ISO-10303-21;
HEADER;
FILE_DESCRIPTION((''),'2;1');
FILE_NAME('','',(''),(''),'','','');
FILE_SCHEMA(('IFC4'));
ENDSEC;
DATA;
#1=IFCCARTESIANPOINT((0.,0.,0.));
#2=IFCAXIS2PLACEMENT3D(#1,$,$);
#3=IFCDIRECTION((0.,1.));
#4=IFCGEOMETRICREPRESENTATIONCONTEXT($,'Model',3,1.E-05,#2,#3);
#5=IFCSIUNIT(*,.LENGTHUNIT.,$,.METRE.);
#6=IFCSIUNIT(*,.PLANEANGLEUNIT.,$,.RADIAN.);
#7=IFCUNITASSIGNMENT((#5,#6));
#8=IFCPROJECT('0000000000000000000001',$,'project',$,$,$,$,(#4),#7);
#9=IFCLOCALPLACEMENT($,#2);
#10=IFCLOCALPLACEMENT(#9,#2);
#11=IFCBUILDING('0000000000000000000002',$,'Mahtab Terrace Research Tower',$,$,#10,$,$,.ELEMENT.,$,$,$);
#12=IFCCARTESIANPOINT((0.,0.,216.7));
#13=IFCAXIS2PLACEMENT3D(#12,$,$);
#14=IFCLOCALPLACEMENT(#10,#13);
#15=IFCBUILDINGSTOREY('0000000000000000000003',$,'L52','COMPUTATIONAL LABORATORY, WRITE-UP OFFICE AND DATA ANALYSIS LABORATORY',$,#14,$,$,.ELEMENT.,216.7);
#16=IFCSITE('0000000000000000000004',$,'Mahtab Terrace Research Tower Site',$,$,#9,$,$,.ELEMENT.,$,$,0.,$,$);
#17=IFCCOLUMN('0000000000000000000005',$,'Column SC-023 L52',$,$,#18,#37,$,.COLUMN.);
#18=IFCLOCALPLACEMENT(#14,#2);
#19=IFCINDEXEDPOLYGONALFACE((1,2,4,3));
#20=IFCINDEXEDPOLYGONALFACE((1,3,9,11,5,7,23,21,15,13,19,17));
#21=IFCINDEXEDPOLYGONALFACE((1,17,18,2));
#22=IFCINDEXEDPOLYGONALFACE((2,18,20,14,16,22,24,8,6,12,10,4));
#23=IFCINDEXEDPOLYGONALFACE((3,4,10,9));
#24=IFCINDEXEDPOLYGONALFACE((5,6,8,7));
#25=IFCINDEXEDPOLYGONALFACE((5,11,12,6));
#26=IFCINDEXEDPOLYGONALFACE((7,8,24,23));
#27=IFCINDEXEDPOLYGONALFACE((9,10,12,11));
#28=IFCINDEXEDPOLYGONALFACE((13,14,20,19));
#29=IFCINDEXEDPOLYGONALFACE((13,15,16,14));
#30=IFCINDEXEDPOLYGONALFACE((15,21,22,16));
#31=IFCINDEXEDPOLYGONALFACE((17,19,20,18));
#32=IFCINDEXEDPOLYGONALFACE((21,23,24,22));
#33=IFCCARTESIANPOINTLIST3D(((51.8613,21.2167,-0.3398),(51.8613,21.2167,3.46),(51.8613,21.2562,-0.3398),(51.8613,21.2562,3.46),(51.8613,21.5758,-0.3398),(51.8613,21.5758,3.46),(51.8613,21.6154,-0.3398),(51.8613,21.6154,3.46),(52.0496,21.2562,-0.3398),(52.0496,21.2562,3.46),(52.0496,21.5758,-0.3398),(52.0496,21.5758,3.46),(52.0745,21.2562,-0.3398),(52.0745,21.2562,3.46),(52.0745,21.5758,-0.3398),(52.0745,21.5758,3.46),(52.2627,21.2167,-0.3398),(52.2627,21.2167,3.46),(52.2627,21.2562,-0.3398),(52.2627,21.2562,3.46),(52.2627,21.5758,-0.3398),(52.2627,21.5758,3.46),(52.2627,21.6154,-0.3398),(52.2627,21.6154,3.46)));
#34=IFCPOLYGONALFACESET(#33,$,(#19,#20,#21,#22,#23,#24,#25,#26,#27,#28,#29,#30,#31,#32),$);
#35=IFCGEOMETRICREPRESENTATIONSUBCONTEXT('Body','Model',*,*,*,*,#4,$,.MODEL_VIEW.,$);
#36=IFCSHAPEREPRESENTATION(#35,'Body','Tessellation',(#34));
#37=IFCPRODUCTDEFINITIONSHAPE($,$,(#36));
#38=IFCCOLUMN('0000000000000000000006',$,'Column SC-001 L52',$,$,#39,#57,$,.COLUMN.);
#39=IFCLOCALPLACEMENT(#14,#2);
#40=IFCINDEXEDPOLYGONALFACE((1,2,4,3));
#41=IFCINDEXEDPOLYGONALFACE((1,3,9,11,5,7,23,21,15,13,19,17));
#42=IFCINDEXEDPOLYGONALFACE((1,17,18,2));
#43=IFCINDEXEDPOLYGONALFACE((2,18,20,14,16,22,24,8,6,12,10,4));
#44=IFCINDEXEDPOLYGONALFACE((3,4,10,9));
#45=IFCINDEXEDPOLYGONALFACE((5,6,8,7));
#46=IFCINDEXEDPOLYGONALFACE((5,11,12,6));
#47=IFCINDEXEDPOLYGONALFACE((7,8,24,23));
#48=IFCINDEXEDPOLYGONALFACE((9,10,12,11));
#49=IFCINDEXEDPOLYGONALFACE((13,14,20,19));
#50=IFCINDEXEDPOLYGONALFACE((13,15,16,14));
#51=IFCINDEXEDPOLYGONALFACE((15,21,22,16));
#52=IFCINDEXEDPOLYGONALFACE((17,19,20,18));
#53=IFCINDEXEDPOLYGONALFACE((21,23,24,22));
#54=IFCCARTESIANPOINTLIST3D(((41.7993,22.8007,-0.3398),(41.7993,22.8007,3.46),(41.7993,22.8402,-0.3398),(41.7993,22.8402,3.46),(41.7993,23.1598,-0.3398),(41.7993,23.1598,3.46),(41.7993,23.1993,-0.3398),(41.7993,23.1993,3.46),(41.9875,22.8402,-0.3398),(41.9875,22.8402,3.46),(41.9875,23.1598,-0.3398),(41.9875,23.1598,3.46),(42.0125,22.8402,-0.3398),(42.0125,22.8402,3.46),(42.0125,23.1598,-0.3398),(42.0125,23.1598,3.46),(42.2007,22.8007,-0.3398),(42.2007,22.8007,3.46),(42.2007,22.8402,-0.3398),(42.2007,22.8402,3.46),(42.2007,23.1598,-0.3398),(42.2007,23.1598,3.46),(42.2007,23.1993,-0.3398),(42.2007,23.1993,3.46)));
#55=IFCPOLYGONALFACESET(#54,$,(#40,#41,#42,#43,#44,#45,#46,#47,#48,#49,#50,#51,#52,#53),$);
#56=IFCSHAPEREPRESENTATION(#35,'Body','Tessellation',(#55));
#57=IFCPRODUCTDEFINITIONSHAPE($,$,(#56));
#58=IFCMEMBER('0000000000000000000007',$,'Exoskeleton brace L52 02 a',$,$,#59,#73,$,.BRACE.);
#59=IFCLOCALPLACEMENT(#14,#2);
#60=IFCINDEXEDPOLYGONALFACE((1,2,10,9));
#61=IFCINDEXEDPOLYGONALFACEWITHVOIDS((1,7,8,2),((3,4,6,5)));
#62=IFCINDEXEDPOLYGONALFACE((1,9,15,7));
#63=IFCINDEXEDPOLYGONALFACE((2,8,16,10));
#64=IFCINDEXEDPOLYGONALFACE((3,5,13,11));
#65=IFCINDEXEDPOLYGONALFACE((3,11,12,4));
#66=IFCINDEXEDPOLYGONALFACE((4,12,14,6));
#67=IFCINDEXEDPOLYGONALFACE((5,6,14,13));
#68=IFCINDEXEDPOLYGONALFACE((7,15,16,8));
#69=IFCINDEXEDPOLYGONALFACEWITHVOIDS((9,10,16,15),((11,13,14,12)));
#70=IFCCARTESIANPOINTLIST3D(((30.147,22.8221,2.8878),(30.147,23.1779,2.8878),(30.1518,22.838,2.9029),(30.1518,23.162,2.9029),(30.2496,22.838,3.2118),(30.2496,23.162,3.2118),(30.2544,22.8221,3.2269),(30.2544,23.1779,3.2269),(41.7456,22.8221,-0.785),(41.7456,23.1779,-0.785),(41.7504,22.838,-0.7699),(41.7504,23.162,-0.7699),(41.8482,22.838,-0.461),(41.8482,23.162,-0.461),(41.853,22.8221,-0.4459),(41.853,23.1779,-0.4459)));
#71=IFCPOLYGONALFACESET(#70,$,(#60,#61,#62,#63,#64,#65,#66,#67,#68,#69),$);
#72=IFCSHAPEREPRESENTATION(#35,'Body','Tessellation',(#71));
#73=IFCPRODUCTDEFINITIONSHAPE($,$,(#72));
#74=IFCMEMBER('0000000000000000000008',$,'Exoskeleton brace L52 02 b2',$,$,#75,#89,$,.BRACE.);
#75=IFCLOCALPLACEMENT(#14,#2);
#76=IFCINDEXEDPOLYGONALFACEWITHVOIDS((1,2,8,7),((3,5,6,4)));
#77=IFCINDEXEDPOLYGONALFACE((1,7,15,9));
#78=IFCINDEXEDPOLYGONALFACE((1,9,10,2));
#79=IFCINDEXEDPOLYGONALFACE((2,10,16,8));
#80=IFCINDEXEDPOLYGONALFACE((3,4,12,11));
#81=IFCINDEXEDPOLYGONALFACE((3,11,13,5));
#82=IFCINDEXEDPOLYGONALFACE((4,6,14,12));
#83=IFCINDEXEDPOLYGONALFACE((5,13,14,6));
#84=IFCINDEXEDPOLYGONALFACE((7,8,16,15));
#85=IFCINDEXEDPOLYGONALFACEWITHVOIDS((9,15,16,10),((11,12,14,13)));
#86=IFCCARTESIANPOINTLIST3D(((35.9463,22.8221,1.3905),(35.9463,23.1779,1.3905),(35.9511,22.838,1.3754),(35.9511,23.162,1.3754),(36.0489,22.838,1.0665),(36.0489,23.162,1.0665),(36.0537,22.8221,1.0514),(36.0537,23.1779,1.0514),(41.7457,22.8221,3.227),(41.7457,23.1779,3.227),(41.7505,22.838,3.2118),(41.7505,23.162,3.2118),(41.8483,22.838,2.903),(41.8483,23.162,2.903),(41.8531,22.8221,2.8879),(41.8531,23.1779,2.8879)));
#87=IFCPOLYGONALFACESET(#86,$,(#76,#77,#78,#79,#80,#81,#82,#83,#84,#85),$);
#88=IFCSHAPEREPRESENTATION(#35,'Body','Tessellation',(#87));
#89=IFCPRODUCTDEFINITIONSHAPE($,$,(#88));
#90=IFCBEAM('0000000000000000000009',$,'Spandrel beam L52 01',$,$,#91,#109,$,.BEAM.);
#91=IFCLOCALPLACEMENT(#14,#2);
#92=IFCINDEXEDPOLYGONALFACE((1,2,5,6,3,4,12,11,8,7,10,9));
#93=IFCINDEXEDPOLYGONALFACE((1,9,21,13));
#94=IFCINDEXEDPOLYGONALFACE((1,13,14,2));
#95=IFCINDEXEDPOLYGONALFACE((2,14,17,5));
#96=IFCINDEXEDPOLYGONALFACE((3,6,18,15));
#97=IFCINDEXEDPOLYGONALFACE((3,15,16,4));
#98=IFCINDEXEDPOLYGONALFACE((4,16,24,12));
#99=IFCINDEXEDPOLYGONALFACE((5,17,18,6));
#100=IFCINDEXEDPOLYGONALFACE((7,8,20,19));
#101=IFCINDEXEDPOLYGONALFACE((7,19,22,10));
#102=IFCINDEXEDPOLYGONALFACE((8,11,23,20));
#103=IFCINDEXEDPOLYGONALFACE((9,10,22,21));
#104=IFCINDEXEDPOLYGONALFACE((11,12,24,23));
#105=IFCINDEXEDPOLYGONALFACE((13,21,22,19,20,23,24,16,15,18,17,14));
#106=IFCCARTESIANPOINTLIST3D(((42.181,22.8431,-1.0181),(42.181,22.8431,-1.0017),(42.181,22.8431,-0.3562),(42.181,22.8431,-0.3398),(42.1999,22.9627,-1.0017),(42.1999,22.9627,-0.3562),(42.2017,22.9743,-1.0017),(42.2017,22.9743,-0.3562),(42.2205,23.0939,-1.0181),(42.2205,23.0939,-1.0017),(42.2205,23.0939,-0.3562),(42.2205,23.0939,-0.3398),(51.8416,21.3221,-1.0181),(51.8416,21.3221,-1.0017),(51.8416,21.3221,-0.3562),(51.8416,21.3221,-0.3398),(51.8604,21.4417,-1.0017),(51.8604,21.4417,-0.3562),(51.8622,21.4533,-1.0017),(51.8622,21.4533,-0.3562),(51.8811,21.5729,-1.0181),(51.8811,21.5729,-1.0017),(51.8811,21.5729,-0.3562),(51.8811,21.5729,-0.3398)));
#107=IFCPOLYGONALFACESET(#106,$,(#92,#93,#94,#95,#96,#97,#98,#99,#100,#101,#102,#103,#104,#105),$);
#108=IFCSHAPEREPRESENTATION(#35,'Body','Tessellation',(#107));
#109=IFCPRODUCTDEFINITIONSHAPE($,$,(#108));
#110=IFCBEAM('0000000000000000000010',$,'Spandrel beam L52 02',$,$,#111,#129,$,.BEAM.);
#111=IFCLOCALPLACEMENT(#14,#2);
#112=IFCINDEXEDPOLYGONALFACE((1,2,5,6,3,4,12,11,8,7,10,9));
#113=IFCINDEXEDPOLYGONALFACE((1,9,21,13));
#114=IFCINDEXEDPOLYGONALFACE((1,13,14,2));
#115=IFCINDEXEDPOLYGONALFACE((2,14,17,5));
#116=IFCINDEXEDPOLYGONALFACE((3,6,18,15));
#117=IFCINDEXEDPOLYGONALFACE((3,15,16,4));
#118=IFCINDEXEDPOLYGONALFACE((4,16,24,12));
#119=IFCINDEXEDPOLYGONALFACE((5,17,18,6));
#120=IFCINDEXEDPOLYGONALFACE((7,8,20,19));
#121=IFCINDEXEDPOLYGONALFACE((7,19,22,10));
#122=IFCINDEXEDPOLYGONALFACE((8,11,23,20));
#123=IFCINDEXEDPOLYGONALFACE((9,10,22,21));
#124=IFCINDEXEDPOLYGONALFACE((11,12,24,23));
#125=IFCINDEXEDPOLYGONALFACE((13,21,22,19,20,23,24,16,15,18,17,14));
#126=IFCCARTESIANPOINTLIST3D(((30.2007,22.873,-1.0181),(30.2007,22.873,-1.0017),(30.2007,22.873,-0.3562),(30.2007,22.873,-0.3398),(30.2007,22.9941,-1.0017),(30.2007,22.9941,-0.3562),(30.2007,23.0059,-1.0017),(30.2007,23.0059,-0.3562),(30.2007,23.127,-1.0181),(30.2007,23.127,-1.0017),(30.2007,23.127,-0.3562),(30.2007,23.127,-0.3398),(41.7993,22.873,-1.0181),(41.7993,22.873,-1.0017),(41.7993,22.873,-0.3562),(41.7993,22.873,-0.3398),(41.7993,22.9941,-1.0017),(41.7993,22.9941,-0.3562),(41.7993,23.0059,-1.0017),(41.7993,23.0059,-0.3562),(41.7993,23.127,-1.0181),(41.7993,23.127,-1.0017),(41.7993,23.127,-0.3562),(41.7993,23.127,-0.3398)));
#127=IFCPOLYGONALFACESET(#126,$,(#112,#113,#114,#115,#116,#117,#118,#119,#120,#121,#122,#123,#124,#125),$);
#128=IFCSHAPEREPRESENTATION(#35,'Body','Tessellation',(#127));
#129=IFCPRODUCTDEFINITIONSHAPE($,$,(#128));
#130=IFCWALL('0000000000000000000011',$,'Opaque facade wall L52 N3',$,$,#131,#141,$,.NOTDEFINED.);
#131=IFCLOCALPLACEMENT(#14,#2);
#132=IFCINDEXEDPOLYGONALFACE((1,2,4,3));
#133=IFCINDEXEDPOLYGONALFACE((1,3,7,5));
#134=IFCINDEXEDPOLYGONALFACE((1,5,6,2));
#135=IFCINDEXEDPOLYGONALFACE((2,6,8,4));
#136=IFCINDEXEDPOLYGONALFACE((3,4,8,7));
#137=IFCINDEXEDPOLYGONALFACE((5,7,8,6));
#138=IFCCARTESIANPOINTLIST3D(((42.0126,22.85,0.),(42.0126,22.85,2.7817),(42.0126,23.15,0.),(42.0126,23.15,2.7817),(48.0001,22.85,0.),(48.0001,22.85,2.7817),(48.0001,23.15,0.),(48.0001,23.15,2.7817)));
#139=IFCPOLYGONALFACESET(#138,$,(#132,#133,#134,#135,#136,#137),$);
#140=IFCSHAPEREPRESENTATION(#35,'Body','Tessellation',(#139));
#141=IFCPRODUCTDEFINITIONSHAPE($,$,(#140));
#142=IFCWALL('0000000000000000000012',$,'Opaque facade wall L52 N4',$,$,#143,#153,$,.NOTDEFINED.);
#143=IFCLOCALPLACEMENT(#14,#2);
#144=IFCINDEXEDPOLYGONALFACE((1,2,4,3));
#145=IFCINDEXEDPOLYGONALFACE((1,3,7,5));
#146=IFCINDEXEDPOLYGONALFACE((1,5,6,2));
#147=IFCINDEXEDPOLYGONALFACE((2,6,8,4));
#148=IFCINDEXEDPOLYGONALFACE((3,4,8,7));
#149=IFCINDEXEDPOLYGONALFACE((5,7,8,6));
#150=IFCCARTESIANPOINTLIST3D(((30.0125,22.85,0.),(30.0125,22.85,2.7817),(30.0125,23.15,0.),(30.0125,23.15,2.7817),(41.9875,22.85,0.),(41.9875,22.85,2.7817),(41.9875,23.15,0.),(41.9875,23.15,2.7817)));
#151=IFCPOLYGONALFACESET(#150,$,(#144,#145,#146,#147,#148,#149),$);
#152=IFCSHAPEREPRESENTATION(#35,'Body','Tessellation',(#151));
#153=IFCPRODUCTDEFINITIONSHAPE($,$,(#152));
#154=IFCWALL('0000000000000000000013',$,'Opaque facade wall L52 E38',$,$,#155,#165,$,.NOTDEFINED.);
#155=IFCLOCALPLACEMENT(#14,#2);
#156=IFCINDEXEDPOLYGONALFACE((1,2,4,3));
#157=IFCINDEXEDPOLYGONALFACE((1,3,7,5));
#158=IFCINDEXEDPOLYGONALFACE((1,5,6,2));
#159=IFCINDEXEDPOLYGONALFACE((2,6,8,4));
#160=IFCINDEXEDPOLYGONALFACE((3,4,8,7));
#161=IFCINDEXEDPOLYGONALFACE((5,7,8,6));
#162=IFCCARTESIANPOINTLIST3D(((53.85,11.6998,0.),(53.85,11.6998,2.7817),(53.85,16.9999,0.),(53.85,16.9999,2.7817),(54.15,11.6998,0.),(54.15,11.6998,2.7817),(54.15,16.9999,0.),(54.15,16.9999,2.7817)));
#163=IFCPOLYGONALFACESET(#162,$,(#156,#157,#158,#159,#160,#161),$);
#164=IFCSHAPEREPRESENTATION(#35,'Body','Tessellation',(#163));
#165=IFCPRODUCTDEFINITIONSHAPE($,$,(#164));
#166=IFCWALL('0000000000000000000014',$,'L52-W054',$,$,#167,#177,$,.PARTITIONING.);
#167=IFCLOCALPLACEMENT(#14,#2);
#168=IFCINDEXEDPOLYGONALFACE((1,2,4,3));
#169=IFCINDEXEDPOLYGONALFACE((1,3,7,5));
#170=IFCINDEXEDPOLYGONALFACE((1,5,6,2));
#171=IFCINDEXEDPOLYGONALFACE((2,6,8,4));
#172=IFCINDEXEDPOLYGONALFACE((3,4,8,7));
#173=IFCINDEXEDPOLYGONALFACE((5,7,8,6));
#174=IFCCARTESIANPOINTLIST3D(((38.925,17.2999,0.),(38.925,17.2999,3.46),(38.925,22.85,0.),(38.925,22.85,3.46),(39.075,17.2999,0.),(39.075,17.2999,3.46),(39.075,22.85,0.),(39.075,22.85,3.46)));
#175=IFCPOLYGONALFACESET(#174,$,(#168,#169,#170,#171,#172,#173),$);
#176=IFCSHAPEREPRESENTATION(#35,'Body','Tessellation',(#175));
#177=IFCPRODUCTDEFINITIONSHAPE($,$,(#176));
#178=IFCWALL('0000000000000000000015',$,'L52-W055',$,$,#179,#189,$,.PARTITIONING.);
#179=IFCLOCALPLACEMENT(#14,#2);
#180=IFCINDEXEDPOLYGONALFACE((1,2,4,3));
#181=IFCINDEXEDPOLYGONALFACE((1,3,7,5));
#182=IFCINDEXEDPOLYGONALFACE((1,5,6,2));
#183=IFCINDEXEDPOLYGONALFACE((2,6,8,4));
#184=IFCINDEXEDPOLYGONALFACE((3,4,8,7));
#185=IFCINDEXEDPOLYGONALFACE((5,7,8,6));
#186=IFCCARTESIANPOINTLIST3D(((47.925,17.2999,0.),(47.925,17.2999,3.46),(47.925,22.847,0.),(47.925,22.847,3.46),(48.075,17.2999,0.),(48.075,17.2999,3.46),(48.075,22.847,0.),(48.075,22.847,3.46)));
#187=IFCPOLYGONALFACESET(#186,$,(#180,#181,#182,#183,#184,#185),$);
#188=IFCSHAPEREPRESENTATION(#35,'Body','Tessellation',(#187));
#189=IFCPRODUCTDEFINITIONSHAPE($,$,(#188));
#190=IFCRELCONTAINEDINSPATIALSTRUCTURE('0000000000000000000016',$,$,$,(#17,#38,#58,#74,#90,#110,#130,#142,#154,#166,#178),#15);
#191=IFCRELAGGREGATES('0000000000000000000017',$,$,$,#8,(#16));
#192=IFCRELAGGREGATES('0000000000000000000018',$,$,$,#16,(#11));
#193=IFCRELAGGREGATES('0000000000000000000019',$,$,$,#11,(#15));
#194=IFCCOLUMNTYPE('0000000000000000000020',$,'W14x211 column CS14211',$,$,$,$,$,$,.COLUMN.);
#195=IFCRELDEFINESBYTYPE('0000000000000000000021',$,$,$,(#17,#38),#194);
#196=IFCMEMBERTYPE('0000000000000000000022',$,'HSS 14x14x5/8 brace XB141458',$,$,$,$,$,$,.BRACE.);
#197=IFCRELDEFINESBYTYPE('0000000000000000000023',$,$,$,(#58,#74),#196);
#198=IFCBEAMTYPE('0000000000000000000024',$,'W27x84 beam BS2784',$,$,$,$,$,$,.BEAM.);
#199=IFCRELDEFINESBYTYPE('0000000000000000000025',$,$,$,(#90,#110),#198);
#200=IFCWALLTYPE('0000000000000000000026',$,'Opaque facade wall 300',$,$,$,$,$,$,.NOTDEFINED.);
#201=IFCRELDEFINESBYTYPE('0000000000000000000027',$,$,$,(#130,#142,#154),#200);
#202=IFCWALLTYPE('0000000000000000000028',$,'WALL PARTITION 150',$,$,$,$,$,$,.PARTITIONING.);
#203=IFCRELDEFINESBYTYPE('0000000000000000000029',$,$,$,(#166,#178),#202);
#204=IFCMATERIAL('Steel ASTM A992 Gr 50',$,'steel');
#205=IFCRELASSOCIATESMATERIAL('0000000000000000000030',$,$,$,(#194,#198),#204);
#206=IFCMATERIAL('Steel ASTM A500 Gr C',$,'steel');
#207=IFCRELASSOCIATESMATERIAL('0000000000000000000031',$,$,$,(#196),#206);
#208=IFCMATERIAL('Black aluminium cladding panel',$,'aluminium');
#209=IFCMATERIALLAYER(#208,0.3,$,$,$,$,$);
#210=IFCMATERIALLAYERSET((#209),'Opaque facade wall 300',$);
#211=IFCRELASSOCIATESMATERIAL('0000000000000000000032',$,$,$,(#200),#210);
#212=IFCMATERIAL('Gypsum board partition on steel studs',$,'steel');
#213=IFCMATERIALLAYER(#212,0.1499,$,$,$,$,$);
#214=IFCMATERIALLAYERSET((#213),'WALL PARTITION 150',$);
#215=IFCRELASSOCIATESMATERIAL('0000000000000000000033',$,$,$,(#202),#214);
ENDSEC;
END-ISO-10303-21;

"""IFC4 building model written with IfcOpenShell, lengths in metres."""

from ifc_helpers import new_model, si_unit, direction, frame, frame_2d, origin, origin_2d, place, context, subcontext, project, spatial, rectangle, hollow_rectangle, i_section, extrude, material, layer, layer_set, material_profile, profile_set, type_object, element, save


model = new_model("IFC4")

# Units and contexts
model_context = context("Model", 3, precision=1e-05, world=origin(), true_north=direction((0.0, 1.0)))
body_context = subcontext(model_context, "Body", "Model", "MODEL_VIEW")
ifc_project = project(units=[si_unit("LENGTHUNIT", "METRE"), si_unit("PLANEANGLEUNIT", "RADIAN")], contexts=[model_context])

# Site, building, storey
site_placement = place(None, origin())
site = spatial("IfcSite", under=ifc_project, at=site_placement, Name="Mahtab Terrace Research Tower Site", CompositionType="ELEMENT", RefElevation=0.0)
building_placement = place(site_placement, origin())
building = spatial("IfcBuilding", under=site, at=building_placement, Name="Mahtab Terrace Research Tower", CompositionType="ELEMENT")
storey_placement = place(building_placement, frame((0.0, 0.0, 216.7)))
storey = spatial("IfcBuildingStorey", under=building, at=storey_placement, Name="L52", Description="COMPUTATIONAL LABORATORY, WRITE-UP OFFICE AND DATA ANALYSIS LABORATORY", CompositionType="ELEMENT", Elevation=216.7)

# Columns
ifc_material_1 = material(Name="Steel ASTM A992 Gr 50", Category="steel")
ifc_material_profile_1 = material_profile(ifc_material_1, i_section(OverallWidth=0.4014, OverallDepth=0.3987, WebThickness=0.0249, FlangeThickness=0.0396, at=origin_2d()), Name="W14X211")
ifc_profile_set_1 = profile_set([ifc_material_profile_1], Name="Steel ASTM A992 Gr 50")
column_type = type_object("IfcColumnType", Name="W14x211 column CS14211", PredefinedType="COLUMN", material=ifc_profile_set_1)
for number, where, z_axis, x_axis, name in (
    (1, (52.062, 21.416, -0.3398), (0.0, 0.0, 1.0), (1.0, 0.0, 0.0), "Column SC-023 L52"),
    (2, (42.0, 23.0, -0.3398), (0.0, 0.0, 1.0), (1.0, 0.0, 0.0), "Column SC-001 L52"),
):
    element("IfcColumn", number, at=place(storey_placement, frame(where, z_axis=z_axis, x_axis=x_axis)), inside=storey, type_object=column_type, Name=name, PredefinedType="COLUMN", context=body_context, shape_type="SweptSolid", body=[
        extrude(i_section(OverallWidth=0.4014, OverallDepth=0.3987, WebThickness=0.0249, FlangeThickness=0.0396, at=origin_2d()), origin(), (0.0, 0.0, 1.0), 3.7998),
    ])

# Members
ifc_material_2 = material(Name="Steel ASTM A500 Gr C", Category="steel")
ifc_material_profile_2 = material_profile(ifc_material_2, hollow_rectangle(XDim=0.3557, YDim=0.3557, WallThickness=0.0159, at=origin_2d()), Name="HSS14X14X5/8")
ifc_profile_set_2 = profile_set([ifc_material_profile_2], Name="Steel ASTM A500 Gr C")
member_type = type_object("IfcMemberType", Name="HSS 14x14x5/8 brace XB141458", PredefinedType="BRACE", material=ifc_profile_set_2)
member_1_placement = place(storey_placement, frame((41.7993, 23.0, -0.6155), z_axis=(-0.953343, 0.0, 0.301888), x_axis=(0.0, -1.0, 0.0)))
element("IfcMember", 3, at=member_1_placement, inside=storey, type_object=member_type, Name="Exoskeleton brace L52 02 a", PredefinedType="BRACE", context=body_context, shape_type="SweptSolid", body=[
    extrude(hollow_rectangle(XDim=0.3557, YDim=0.3557, WallThickness=0.0159, at=origin_2d()), origin(), (0.0, 0.0, 1.0), 12.1663),
])
member_2_placement = place(storey_placement, frame((36.0, 23.0, 1.2209), z_axis=(0.953343, 0.0, 0.301888), x_axis=(0.0, 1.0, 0.0)))
element("IfcMember", 4, at=member_2_placement, inside=storey, type_object=member_type, Name="Exoskeleton brace L52 02 b2", PredefinedType="BRACE", context=body_context, shape_type="SweptSolid", body=[
    extrude(hollow_rectangle(XDim=0.3557, YDim=0.3557, WallThickness=0.0159, at=origin_2d()), origin(), (0.0, 0.0, 1.0), 6.0833),
])

# Beams
ifc_material_profile_3 = material_profile(ifc_material_1, i_section(OverallWidth=0.2539, OverallDepth=0.6782, WebThickness=0.0117, FlangeThickness=0.0164, at=origin_2d()), Name="W27X84")
ifc_profile_set_3 = profile_set([ifc_material_profile_3], Name="Steel ASTM A992 Gr 50")
beam_type = type_object("IfcBeamType", Name="W27x84 beam BS2784", PredefinedType="BEAM", material=ifc_profile_set_3)
beam_1_placement = place(storey_placement, frame((51.8613, 21.4475, -0.679), z_axis=(-0.987832, 0.155527, 0.0), x_axis=(-0.155527, -0.987832, 0.0)))
element("IfcBeam", 5, at=beam_1_placement, inside=storey, type_object=beam_type, Name="Spandrel beam L52 01", PredefinedType="BEAM", context=body_context, shape_type="SweptSolid", body=[
    extrude(i_section(OverallWidth=0.2539, OverallDepth=0.6782, WebThickness=0.0117, FlangeThickness=0.0164, at=origin_2d()), origin(), (0.0, 0.0, 1.0), 9.7795),
])
beam_2_placement = place(storey_placement, frame((41.7993, 23.0, -0.679), z_axis=(-1.0, 0.0, 0.0), x_axis=(0.0, -1.0, 0.0)))
element("IfcBeam", 6, at=beam_2_placement, inside=storey, type_object=beam_type, Name="Spandrel beam L52 02", PredefinedType="BEAM", context=body_context, shape_type="SweptSolid", body=[
    extrude(i_section(OverallWidth=0.2539, OverallDepth=0.6782, WebThickness=0.0117, FlangeThickness=0.0164, at=origin_2d()), origin(), (0.0, 0.0, 1.0), 11.5986),
])

# Walls
ifc_material_3 = material(Name="Black aluminium cladding panel", Category="aluminium")
ifc_layer_1 = layer(ifc_material_3, 0.3)
ifc_layer_set_1 = layer_set([ifc_layer_1], Name="Opaque facade wall 300")
wall_type_1 = type_object("IfcWallType", Name="Opaque facade wall 300", PredefinedType="NOTDEFINED", material=ifc_layer_set_1)
wall_1_placement = place(storey_placement, frame((48.0, 23.0, 0.0), z_axis=(0.0, 0.0, 1.0), x_axis=(-1.0, 0.0, 0.0)))
element("IfcWall", 7, at=wall_1_placement, inside=storey, type_object=wall_type_1, Name="Opaque facade wall L52 N3", PredefinedType="NOTDEFINED", context=body_context, shape_type="SweptSolid", body=[
    extrude(rectangle(XDim=5.9875, YDim=0.3, at=frame_2d((2.9937, 0.0))), origin(), (0.0, 0.0, 1.0), 2.7817),
])
wall_2_placement = place(storey_placement, frame((41.9875, 23.0, 0.0), z_axis=(0.0, 0.0, 1.0), x_axis=(-1.0, 0.0, 0.0)))
element("IfcWall", 8, at=wall_2_placement, inside=storey, type_object=wall_type_1, Name="Opaque facade wall L52 N4", PredefinedType="NOTDEFINED", context=body_context, shape_type="SweptSolid", body=[
    extrude(rectangle(XDim=11.9751, YDim=0.3, at=frame_2d((5.9875, 0.0))), origin(), (0.0, 0.0, 1.0), 2.7817),
])
wall_3_placement = place(storey_placement, frame((54.0, 11.7, 0.0), z_axis=(0.0, 0.0, 1.0), x_axis=(0.0, 1.0, 0.0)))
element("IfcWall", 9, at=wall_3_placement, inside=storey, type_object=wall_type_1, Name="Opaque facade wall L52 E38", PredefinedType="NOTDEFINED", context=body_context, shape_type="SweptSolid", body=[
    extrude(rectangle(XDim=5.3, YDim=0.3, at=frame_2d((2.6499, 0.0))), origin(), (0.0, 0.0, 1.0), 2.7817),
])
ifc_material_4 = material(Name="Gypsum board partition on steel studs", Category="steel")
ifc_layer_2 = layer(ifc_material_4, 0.1499)
ifc_layer_set_2 = layer_set([ifc_layer_2], Name="WALL PARTITION 150")
wall_type_2 = type_object("IfcWallType", Name="WALL PARTITION 150", PredefinedType="PARTITIONING", material=ifc_layer_set_2)
wall_4_placement = place(storey_placement, frame((39.0, 17.3, 0.0), z_axis=(0.0, 0.0, 1.0), x_axis=(0.0, 1.0, 0.0)))
element("IfcWall", 10, at=wall_4_placement, inside=storey, type_object=wall_type_2, Name="L52-W054", PredefinedType="PARTITIONING", context=body_context, shape_type="SweptSolid", body=[
    extrude(rectangle(XDim=5.55, YDim=0.1499, at=frame_2d((2.7749, 0.0))), origin(), (0.0, 0.0, 1.0), 3.46),
])
wall_5_placement = place(storey_placement, frame((48.0, 17.3, 0.0), z_axis=(0.0, 0.0, 1.0), x_axis=(0.0, 1.0, 0.0)))
element("IfcWall", 11, at=wall_5_placement, inside=storey, type_object=wall_type_2, Name="L52-W055", PredefinedType="PARTITIONING", context=body_context, shape_type="SweptSolid", body=[
    extrude(rectangle(XDim=5.5471, YDim=0.1499, at=frame_2d((2.7734, 0.0))), origin(), (0.0, 0.0, 1.0), 3.46),
])

save(model, "model.ifc")
